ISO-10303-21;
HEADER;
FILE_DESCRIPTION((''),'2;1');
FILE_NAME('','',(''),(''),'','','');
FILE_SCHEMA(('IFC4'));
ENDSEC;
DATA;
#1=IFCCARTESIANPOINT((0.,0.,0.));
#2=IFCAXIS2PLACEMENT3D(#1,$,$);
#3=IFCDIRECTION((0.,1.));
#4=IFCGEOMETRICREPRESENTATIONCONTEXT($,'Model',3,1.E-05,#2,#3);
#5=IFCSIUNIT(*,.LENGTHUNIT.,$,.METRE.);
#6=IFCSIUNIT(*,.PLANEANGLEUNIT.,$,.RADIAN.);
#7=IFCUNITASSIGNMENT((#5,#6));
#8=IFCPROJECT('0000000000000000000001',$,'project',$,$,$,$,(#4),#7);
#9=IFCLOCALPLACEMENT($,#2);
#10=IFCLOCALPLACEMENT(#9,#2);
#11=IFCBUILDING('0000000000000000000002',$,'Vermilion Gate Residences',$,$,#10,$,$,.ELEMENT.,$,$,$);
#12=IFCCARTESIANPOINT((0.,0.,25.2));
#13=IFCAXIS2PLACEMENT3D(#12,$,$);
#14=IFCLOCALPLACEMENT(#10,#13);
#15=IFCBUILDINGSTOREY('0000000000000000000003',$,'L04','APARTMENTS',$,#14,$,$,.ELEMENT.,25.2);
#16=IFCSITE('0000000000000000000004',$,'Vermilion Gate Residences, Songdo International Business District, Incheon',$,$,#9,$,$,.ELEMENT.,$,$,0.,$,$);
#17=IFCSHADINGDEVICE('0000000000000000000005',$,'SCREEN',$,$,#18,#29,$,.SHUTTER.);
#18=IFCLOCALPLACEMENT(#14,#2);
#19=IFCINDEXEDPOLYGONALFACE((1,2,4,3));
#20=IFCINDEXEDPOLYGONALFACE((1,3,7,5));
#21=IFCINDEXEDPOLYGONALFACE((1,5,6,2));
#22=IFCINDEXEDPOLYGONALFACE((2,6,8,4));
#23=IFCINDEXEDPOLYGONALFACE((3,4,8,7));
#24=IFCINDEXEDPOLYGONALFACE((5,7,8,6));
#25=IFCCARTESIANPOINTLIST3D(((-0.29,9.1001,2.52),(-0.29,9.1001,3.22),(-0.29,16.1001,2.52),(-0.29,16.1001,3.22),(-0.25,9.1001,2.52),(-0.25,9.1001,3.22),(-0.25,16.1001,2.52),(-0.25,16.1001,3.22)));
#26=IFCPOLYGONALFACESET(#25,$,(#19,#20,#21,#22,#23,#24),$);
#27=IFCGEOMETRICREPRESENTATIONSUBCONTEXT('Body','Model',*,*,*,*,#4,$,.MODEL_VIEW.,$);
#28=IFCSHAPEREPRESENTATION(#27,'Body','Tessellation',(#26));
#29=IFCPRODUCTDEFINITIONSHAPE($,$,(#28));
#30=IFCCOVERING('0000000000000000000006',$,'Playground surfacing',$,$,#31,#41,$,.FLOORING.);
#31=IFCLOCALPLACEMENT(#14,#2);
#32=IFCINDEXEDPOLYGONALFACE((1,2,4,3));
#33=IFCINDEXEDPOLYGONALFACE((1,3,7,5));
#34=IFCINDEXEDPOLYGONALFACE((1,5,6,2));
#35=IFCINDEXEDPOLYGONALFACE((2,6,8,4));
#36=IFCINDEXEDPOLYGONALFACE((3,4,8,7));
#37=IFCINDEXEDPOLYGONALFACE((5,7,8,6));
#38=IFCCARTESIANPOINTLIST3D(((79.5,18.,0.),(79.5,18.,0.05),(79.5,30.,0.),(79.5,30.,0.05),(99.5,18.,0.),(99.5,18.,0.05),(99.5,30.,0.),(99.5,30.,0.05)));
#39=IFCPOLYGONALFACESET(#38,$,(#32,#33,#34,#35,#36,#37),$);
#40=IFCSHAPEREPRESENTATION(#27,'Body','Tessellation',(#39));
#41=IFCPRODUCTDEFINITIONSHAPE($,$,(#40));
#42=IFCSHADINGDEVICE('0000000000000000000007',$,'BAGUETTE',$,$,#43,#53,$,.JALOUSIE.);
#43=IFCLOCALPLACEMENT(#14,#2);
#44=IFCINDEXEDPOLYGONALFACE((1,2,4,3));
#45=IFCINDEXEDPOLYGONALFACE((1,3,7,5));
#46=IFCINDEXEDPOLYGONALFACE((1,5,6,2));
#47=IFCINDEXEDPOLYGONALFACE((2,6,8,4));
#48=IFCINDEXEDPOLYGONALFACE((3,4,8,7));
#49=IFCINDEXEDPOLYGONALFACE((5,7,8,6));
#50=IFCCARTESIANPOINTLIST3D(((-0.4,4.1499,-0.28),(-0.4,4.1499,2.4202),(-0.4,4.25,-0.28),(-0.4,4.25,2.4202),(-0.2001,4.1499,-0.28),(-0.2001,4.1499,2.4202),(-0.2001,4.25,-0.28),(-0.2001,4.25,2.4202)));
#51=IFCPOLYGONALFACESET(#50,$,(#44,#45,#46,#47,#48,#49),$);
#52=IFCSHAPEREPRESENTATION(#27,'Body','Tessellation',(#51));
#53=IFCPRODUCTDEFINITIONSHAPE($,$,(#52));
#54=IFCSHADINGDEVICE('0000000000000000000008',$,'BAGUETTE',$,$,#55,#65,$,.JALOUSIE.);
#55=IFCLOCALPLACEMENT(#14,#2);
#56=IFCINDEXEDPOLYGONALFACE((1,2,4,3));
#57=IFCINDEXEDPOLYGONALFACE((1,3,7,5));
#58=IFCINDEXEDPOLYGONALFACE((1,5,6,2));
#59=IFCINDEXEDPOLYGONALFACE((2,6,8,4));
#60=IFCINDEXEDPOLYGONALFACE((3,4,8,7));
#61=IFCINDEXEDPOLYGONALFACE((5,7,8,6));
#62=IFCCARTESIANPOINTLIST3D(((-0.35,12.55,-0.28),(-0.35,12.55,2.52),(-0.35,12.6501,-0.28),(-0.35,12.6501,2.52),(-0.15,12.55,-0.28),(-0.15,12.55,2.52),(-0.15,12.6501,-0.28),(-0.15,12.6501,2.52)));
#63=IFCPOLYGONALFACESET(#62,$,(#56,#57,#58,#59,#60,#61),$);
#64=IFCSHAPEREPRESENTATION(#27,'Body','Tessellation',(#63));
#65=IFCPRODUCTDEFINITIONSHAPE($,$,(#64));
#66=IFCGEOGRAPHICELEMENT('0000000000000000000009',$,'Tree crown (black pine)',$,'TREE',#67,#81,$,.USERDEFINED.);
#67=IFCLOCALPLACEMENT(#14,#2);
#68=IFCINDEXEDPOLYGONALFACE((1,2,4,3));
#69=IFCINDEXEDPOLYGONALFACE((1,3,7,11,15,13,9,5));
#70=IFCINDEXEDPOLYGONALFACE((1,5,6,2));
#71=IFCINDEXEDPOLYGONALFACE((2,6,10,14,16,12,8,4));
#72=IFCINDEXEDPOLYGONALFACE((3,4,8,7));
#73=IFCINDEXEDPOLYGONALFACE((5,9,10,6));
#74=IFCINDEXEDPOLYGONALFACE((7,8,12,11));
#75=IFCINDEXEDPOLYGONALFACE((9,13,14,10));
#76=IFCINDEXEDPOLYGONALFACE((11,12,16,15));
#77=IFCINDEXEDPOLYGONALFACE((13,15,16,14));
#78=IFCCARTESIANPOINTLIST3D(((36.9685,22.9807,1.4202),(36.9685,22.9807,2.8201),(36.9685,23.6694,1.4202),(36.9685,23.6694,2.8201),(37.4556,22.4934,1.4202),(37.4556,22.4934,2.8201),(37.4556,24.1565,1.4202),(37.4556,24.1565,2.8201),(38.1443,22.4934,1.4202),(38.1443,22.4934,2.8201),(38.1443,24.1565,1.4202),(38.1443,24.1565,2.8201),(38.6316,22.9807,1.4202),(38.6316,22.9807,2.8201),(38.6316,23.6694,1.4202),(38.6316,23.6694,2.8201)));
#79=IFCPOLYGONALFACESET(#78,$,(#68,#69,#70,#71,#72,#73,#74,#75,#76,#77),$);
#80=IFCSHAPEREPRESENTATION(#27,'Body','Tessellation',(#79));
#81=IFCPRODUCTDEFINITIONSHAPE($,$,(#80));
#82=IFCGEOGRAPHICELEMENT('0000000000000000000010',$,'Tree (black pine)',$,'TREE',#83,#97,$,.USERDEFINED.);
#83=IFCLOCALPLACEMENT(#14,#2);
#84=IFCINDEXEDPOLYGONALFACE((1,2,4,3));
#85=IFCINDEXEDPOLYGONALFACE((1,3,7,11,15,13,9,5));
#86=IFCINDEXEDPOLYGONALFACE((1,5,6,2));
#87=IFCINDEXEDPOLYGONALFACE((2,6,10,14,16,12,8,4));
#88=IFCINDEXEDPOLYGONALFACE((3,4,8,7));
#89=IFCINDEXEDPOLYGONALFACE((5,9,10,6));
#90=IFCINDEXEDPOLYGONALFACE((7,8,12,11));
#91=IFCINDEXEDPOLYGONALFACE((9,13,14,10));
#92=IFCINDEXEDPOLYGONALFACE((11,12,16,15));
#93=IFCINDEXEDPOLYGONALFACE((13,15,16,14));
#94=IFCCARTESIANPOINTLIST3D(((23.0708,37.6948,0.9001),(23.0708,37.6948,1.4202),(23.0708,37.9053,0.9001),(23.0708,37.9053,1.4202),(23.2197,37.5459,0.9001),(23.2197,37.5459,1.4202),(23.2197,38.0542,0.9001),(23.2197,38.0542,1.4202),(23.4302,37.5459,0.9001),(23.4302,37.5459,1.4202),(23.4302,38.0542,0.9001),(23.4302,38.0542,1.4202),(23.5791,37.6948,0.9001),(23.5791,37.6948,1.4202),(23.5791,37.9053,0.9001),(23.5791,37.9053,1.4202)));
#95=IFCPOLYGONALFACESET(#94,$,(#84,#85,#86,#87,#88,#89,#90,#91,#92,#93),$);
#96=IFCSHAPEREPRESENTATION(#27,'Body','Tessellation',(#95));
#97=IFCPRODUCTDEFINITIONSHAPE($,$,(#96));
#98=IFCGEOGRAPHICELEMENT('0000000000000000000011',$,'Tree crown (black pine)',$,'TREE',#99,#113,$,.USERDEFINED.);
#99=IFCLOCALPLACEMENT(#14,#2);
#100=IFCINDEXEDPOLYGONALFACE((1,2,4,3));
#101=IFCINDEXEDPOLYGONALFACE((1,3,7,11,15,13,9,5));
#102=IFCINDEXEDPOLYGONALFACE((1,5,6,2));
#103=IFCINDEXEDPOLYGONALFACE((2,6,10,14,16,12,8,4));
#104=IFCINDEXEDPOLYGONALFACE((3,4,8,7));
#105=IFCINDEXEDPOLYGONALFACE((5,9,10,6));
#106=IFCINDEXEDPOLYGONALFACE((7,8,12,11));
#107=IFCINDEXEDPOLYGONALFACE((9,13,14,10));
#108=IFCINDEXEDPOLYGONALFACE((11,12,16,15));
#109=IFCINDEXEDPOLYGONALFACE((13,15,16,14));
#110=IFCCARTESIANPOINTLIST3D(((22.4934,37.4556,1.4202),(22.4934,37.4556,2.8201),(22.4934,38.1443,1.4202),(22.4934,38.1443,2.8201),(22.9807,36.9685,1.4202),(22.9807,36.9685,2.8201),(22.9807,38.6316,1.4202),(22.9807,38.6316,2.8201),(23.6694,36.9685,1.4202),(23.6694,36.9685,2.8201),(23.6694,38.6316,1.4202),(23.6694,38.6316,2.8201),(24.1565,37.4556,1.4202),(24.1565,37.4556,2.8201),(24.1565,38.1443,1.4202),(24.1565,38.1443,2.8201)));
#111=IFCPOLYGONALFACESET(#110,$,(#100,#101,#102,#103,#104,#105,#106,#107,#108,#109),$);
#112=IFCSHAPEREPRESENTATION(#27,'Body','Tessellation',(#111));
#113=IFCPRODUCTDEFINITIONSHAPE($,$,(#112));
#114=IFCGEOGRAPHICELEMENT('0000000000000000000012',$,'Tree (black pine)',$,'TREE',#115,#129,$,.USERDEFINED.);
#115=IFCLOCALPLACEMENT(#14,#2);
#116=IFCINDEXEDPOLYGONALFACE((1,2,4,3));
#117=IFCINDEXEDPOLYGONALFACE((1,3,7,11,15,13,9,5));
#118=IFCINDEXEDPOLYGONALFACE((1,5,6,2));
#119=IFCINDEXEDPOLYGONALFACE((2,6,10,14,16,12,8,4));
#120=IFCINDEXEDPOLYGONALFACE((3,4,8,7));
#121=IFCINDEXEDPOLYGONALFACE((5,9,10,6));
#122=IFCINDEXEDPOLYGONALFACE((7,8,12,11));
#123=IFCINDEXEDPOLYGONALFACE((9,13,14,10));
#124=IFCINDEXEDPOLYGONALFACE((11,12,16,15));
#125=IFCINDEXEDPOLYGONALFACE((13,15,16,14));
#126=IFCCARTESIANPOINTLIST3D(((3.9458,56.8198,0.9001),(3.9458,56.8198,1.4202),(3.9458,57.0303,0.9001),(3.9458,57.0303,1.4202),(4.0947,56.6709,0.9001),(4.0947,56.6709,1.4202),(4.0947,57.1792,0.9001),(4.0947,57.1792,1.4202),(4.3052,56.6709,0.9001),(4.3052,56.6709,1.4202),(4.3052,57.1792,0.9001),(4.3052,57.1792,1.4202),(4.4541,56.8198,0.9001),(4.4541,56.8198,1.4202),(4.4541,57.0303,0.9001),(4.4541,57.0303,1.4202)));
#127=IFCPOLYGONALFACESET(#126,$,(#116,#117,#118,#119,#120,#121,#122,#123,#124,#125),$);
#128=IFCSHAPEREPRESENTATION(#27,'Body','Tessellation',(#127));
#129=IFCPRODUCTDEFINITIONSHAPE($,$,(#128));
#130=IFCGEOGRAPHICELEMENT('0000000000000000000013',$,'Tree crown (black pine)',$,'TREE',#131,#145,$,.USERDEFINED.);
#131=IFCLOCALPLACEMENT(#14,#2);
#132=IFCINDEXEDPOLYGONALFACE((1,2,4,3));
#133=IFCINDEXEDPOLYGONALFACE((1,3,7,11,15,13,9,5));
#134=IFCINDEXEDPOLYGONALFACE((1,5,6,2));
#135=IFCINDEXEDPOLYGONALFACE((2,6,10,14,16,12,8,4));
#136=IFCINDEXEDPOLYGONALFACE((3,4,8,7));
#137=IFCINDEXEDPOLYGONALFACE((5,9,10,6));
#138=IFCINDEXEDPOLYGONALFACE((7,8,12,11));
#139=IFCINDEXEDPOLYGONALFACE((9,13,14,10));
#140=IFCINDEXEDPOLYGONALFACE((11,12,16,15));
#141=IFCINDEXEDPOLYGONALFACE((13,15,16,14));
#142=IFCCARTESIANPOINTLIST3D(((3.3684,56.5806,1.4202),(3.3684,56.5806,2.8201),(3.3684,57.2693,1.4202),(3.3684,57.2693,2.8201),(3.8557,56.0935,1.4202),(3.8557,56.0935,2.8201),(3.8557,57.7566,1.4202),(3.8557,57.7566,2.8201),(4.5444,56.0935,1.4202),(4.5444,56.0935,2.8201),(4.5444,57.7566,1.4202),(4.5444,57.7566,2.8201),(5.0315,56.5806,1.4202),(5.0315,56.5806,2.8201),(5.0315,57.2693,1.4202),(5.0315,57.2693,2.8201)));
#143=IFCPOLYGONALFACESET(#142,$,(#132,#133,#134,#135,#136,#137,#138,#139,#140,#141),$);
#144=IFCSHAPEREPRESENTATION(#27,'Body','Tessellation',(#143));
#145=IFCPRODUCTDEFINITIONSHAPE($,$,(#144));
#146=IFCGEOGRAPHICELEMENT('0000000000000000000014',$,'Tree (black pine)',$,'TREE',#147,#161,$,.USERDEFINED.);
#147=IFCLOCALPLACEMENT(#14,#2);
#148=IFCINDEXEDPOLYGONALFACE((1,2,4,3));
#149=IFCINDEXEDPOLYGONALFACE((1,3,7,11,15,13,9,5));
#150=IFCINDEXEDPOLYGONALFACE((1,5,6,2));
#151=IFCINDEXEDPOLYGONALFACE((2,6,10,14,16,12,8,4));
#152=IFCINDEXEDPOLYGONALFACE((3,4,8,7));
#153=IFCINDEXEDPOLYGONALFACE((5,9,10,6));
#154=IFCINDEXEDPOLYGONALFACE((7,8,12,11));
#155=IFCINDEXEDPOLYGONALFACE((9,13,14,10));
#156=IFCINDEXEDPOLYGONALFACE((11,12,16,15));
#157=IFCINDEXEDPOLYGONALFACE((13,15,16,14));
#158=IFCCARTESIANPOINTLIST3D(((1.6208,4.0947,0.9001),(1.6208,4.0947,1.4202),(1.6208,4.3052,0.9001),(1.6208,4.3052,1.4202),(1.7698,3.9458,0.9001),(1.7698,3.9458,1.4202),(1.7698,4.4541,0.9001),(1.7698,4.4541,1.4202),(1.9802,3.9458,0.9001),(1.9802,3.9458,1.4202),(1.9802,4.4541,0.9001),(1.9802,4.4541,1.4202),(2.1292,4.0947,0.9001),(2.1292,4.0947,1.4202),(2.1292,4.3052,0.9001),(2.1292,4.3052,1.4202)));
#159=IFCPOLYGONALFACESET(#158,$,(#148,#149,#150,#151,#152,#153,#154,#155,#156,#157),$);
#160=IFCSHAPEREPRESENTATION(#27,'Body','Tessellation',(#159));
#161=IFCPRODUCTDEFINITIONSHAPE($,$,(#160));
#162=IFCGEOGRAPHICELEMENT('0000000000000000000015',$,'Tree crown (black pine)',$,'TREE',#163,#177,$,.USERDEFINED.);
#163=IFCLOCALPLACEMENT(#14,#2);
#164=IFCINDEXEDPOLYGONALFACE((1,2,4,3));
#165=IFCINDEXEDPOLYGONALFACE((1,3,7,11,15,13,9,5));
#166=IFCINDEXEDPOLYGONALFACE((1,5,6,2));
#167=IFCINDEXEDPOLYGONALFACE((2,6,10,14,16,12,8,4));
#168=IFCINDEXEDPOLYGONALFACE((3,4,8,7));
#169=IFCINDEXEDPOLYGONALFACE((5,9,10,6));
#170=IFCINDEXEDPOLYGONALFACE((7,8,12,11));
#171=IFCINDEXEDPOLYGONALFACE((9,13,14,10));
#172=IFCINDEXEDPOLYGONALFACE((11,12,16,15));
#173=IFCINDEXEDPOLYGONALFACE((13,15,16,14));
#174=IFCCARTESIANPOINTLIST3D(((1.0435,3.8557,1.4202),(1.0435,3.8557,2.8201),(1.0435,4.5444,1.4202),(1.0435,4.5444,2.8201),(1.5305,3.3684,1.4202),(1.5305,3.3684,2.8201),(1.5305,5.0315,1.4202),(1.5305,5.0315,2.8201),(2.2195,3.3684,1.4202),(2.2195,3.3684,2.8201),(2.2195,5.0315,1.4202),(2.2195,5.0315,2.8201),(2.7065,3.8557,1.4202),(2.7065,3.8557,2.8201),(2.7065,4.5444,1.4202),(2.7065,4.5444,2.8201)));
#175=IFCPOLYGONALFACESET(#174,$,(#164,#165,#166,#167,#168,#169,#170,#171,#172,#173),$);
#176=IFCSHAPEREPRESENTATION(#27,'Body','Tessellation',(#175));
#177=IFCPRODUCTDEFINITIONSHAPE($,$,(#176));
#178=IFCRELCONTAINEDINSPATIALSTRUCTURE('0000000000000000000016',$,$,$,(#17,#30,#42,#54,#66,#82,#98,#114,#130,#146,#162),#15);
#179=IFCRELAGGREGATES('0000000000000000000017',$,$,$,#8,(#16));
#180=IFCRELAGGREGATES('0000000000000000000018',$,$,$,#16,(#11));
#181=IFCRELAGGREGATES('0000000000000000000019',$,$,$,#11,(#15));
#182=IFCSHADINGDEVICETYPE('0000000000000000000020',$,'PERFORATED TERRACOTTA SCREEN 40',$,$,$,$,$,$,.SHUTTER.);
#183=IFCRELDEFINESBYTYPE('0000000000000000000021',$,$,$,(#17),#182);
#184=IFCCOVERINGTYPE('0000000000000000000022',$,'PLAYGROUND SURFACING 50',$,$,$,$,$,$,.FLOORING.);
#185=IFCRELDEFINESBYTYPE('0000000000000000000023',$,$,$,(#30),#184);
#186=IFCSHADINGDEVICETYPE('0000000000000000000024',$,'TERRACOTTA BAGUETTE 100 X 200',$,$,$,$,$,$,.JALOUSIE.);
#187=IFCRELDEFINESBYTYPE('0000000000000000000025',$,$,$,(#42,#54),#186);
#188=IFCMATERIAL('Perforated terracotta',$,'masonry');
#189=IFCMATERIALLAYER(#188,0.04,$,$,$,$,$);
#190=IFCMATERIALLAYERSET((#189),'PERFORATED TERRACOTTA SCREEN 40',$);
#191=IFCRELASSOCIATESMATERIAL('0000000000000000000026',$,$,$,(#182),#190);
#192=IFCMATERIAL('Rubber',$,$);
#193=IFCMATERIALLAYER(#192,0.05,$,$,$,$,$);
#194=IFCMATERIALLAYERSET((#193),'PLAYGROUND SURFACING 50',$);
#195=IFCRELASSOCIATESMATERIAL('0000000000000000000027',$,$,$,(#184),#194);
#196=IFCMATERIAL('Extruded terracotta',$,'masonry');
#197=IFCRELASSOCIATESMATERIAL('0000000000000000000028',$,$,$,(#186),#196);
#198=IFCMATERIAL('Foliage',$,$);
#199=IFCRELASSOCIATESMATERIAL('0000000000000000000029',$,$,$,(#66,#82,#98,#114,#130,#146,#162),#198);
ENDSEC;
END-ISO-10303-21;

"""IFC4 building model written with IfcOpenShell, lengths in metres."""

from ifc_helpers import new_model, si_unit, direction, frame, origin, origin_2d, place, context, subcontext, project, spatial, polyline, rectangle, outline, extrude, material, layer, layer_set, material_profile, profile_set, type_object, element, save


model = new_model("IFC4")

# Units and contexts
model_context = context("Model", 3, precision=1e-05, world=origin(), true_north=direction((0.0, 1.0)))
body_context = subcontext(model_context, "Body", "Model", "MODEL_VIEW")
ifc_project = project(units=[si_unit("LENGTHUNIT", "METRE"), si_unit("PLANEANGLEUNIT", "RADIAN")], contexts=[model_context])

# Site, building, storey
site_placement = place(None, origin())
site = spatial("IfcSite", under=ifc_project, at=site_placement, Name="Vermilion Gate Residences, Songdo International Business District, Incheon", CompositionType="ELEMENT", RefElevation=0.0)
building_placement = place(site_placement, origin())
building = spatial("IfcBuilding", under=site, at=building_placement, Name="Vermilion Gate Residences", CompositionType="ELEMENT")
storey_placement = place(building_placement, frame((0.0, 0.0, 25.2)))
storey = spatial("IfcBuildingStorey", under=building, at=storey_placement, Name="L04", Description="APARTMENTS", CompositionType="ELEMENT", Elevation=25.2)

# Shading device
ifc_material_1 = material(Name="Perforated terracotta", Category="masonry")
ifc_layer_1 = layer(ifc_material_1, 0.04)
ifc_layer_set_1 = layer_set([ifc_layer_1], Name="PERFORATED TERRACOTTA SCREEN 40")
shading_device_type_1 = type_object("IfcShadingDeviceType", Name="PERFORATED TERRACOTTA SCREEN 40", PredefinedType="SHUTTER", material=ifc_layer_set_1)
shading_device_1_placement = place(storey_placement, frame((-0.27, 12.6001, 2.52), z_axis=(0.0, 0.0, 1.0), x_axis=(0.0, -1.0, 0.0)))
element("IfcShadingDevice", 1, at=shading_device_1_placement, inside=storey, type_object=shading_device_type_1, Name="SCREEN", PredefinedType="SHUTTER", context=body_context, shape_type="SweptSolid", body=[
    extrude(rectangle(XDim=7.0, YDim=0.04, at=origin_2d()), origin(), (0.0, 0.0, 1.0), 0.7),
])

# Covering
ifc_material_2 = material(Name="Rubber")
ifc_layer_2 = layer(ifc_material_2, 0.05)
ifc_layer_set_2 = layer_set([ifc_layer_2], Name="PLAYGROUND SURFACING 50")
covering_type = type_object("IfcCoveringType", Name="PLAYGROUND SURFACING 50", PredefinedType="FLOORING", material=ifc_layer_set_2)
covering_placement = place(storey_placement, origin())
element("IfcCovering", 2, at=covering_placement, inside=storey, type_object=covering_type, Name="Playground surfacing", PredefinedType="FLOORING", context=body_context, shape_type="SweptSolid", body=[
    extrude(outline(polyline([(99.5, 18.0), (99.5, 30.0), (79.5, 30.0), (79.5, 18.0), (99.5, 18.0)])), origin(), (0.0, 0.0, 1.0), 0.05),
])

# Shading devices
ifc_material_3 = material(Name="Extruded terracotta", Category="masonry")
ifc_material_profile_1 = material_profile(ifc_material_3, rectangle(XDim=0.2, YDim=0.1001, at=origin_2d()), Name="BAGUETTE 100 X 200")
ifc_profile_set_1 = profile_set([ifc_material_profile_1], Name="Extruded terracotta")
shading_device_type_2 = type_object("IfcShadingDeviceType", Name="TERRACOTTA BAGUETTE 100 X 200", PredefinedType="JALOUSIE", material=ifc_profile_set_1)
shading_device_2_placement = place(storey_placement, frame((-0.3, 4.2, -0.28), z_axis=(0.0, 0.0, 1.0), x_axis=(1.0, 0.0, 0.0)))
element("IfcShadingDevice", 3, at=shading_device_2_placement, inside=storey, type_object=shading_device_type_2, Name="BAGUETTE", PredefinedType="JALOUSIE", context=body_context, shape_type="SweptSolid", body=[
    extrude(rectangle(XDim=0.2, YDim=0.1001, at=origin_2d()), origin(), (0.0, 0.0, 1.0), 2.7002),
])
shading_device_3_placement = place(storey_placement, frame((-0.25, 12.6001, -0.28), z_axis=(0.0, 0.0, 1.0), x_axis=(1.0, 0.0, 0.0)))
element("IfcShadingDevice", 4, at=shading_device_3_placement, inside=storey, type_object=shading_device_type_2, Name="BAGUETTE", PredefinedType="JALOUSIE", context=body_context, shape_type="SweptSolid", body=[
    extrude(rectangle(XDim=0.2, YDim=0.1001, at=origin_2d()), origin(), (0.0, 0.0, 1.0), 2.8),
])

# Geographic elements
ifc_material_4 = material(Name="Foliage")
geographic_element_1_placement = place(storey_placement, frame((0.0, 0.0, 1.4202)))
element("IfcGeographicElement", 5, at=geographic_element_1_placement, inside=storey, material=ifc_material_4, Name="Tree crown (black pine)", ObjectType="TREE", PredefinedType="USERDEFINED", context=body_context, shape_type="SweptSolid", body=[
    extrude(outline(polyline([(38.6316, 23.6694), (38.1443, 24.1565), (37.4556, 24.1565), (36.9685, 23.6694), (36.9685, 22.9807), (37.4556, 22.4934), (38.1443, 22.4934), (38.6316, 22.9807), (38.6316, 23.6694)])), origin(), (0.0, 0.0, 1.0), 1.3999),
])
geographic_element_2_placement = place(storey_placement, frame((0.0, 0.0, 0.9001)))
element("IfcGeographicElement", 6, at=geographic_element_2_placement, inside=storey, material=ifc_material_4, Name="Tree (black pine)", ObjectType="TREE", PredefinedType="USERDEFINED", context=body_context, shape_type="SweptSolid", body=[
    extrude(outline(polyline([(23.5791, 37.9053), (23.4302, 38.0542), (23.2197, 38.0542), (23.0708, 37.9053), (23.0708, 37.6948), (23.2197, 37.5459), (23.4302, 37.5459), (23.5791, 37.6948), (23.5791, 37.9053)])), origin(), (0.0, 0.0, 1.0), 0.52),
])
geographic_element_3_placement = place(storey_placement, frame((0.0, 0.0, 1.4202)))
element("IfcGeographicElement", 7, at=geographic_element_3_placement, inside=storey, material=ifc_material_4, Name="Tree crown (black pine)", ObjectType="TREE", PredefinedType="USERDEFINED", context=body_context, shape_type="SweptSolid", body=[
    extrude(outline(polyline([(24.1565, 38.1443), (23.6694, 38.6316), (22.9807, 38.6316), (22.4934, 38.1443), (22.4934, 37.4556), (22.9807, 36.9685), (23.6694, 36.9685), (24.1565, 37.4556), (24.1565, 38.1443)])), origin(), (0.0, 0.0, 1.0), 1.3999),
])
geographic_element_4_placement = place(storey_placement, frame((0.0, 0.0, 0.9001)))
element("IfcGeographicElement", 8, at=geographic_element_4_placement, inside=storey, material=ifc_material_4, Name="Tree (black pine)", ObjectType="TREE", PredefinedType="USERDEFINED", context=body_context, shape_type="SweptSolid", body=[
    extrude(outline(polyline([(4.4541, 57.0303), (4.3052, 57.1792), (4.0947, 57.1792), (3.9458, 57.0303), (3.9458, 56.8198), (4.0947, 56.6709), (4.3052, 56.6709), (4.4541, 56.8198), (4.4541, 57.0303)])), origin(), (0.0, 0.0, 1.0), 0.52),
])
geographic_element_5_placement = place(storey_placement, frame((0.0, 0.0, 1.4202)))
element("IfcGeographicElement", 9, at=geographic_element_5_placement, inside=storey, material=ifc_material_4, Name="Tree crown (black pine)", ObjectType="TREE", PredefinedType="USERDEFINED", context=body_context, shape_type="SweptSolid", body=[
    extrude(outline(polyline([(5.0315, 57.2693), (4.5444, 57.7566), (3.8557, 57.7566), (3.3684, 57.2693), (3.3684, 56.5806), (3.8557, 56.0935), (4.5444, 56.0935), (5.0315, 56.5806), (5.0315, 57.2693)])), origin(), (0.0, 0.0, 1.0), 1.3999),
])
geographic_element_6_placement = place(storey_placement, frame((0.0, 0.0, 0.9001)))
element("IfcGeographicElement", 10, at=geographic_element_6_placement, inside=storey, material=ifc_material_4, Name="Tree (black pine)", ObjectType="TREE", PredefinedType="USERDEFINED", context=body_context, shape_type="SweptSolid", body=[
    extrude(outline(polyline([(2.1292, 4.3052), (1.9802, 4.4541), (1.7698, 4.4541), (1.6208, 4.3052), (1.6208, 4.0947), (1.7698, 3.9458), (1.9802, 3.9458), (2.1292, 4.0947), (2.1292, 4.3052)])), origin(), (0.0, 0.0, 1.0), 0.52),
])
geographic_element_7_placement = place(storey_placement, frame((0.0, 0.0, 1.4202)))
element("IfcGeographicElement", 11, at=geographic_element_7_placement, inside=storey, material=ifc_material_4, Name="Tree crown (black pine)", ObjectType="TREE", PredefinedType="USERDEFINED", context=body_context, shape_type="SweptSolid", body=[
    extrude(outline(polyline([(2.7065, 4.5444), (2.2195, 5.0315), (1.5305, 5.0315), (1.0435, 4.5444), (1.0435, 3.8557), (1.5305, 3.3684), (2.2195, 3.3684), (2.7065, 3.8557), (2.7065, 4.5444)])), origin(), (0.0, 0.0, 1.0), 1.3999),
])

save(model, "model.ifc")
